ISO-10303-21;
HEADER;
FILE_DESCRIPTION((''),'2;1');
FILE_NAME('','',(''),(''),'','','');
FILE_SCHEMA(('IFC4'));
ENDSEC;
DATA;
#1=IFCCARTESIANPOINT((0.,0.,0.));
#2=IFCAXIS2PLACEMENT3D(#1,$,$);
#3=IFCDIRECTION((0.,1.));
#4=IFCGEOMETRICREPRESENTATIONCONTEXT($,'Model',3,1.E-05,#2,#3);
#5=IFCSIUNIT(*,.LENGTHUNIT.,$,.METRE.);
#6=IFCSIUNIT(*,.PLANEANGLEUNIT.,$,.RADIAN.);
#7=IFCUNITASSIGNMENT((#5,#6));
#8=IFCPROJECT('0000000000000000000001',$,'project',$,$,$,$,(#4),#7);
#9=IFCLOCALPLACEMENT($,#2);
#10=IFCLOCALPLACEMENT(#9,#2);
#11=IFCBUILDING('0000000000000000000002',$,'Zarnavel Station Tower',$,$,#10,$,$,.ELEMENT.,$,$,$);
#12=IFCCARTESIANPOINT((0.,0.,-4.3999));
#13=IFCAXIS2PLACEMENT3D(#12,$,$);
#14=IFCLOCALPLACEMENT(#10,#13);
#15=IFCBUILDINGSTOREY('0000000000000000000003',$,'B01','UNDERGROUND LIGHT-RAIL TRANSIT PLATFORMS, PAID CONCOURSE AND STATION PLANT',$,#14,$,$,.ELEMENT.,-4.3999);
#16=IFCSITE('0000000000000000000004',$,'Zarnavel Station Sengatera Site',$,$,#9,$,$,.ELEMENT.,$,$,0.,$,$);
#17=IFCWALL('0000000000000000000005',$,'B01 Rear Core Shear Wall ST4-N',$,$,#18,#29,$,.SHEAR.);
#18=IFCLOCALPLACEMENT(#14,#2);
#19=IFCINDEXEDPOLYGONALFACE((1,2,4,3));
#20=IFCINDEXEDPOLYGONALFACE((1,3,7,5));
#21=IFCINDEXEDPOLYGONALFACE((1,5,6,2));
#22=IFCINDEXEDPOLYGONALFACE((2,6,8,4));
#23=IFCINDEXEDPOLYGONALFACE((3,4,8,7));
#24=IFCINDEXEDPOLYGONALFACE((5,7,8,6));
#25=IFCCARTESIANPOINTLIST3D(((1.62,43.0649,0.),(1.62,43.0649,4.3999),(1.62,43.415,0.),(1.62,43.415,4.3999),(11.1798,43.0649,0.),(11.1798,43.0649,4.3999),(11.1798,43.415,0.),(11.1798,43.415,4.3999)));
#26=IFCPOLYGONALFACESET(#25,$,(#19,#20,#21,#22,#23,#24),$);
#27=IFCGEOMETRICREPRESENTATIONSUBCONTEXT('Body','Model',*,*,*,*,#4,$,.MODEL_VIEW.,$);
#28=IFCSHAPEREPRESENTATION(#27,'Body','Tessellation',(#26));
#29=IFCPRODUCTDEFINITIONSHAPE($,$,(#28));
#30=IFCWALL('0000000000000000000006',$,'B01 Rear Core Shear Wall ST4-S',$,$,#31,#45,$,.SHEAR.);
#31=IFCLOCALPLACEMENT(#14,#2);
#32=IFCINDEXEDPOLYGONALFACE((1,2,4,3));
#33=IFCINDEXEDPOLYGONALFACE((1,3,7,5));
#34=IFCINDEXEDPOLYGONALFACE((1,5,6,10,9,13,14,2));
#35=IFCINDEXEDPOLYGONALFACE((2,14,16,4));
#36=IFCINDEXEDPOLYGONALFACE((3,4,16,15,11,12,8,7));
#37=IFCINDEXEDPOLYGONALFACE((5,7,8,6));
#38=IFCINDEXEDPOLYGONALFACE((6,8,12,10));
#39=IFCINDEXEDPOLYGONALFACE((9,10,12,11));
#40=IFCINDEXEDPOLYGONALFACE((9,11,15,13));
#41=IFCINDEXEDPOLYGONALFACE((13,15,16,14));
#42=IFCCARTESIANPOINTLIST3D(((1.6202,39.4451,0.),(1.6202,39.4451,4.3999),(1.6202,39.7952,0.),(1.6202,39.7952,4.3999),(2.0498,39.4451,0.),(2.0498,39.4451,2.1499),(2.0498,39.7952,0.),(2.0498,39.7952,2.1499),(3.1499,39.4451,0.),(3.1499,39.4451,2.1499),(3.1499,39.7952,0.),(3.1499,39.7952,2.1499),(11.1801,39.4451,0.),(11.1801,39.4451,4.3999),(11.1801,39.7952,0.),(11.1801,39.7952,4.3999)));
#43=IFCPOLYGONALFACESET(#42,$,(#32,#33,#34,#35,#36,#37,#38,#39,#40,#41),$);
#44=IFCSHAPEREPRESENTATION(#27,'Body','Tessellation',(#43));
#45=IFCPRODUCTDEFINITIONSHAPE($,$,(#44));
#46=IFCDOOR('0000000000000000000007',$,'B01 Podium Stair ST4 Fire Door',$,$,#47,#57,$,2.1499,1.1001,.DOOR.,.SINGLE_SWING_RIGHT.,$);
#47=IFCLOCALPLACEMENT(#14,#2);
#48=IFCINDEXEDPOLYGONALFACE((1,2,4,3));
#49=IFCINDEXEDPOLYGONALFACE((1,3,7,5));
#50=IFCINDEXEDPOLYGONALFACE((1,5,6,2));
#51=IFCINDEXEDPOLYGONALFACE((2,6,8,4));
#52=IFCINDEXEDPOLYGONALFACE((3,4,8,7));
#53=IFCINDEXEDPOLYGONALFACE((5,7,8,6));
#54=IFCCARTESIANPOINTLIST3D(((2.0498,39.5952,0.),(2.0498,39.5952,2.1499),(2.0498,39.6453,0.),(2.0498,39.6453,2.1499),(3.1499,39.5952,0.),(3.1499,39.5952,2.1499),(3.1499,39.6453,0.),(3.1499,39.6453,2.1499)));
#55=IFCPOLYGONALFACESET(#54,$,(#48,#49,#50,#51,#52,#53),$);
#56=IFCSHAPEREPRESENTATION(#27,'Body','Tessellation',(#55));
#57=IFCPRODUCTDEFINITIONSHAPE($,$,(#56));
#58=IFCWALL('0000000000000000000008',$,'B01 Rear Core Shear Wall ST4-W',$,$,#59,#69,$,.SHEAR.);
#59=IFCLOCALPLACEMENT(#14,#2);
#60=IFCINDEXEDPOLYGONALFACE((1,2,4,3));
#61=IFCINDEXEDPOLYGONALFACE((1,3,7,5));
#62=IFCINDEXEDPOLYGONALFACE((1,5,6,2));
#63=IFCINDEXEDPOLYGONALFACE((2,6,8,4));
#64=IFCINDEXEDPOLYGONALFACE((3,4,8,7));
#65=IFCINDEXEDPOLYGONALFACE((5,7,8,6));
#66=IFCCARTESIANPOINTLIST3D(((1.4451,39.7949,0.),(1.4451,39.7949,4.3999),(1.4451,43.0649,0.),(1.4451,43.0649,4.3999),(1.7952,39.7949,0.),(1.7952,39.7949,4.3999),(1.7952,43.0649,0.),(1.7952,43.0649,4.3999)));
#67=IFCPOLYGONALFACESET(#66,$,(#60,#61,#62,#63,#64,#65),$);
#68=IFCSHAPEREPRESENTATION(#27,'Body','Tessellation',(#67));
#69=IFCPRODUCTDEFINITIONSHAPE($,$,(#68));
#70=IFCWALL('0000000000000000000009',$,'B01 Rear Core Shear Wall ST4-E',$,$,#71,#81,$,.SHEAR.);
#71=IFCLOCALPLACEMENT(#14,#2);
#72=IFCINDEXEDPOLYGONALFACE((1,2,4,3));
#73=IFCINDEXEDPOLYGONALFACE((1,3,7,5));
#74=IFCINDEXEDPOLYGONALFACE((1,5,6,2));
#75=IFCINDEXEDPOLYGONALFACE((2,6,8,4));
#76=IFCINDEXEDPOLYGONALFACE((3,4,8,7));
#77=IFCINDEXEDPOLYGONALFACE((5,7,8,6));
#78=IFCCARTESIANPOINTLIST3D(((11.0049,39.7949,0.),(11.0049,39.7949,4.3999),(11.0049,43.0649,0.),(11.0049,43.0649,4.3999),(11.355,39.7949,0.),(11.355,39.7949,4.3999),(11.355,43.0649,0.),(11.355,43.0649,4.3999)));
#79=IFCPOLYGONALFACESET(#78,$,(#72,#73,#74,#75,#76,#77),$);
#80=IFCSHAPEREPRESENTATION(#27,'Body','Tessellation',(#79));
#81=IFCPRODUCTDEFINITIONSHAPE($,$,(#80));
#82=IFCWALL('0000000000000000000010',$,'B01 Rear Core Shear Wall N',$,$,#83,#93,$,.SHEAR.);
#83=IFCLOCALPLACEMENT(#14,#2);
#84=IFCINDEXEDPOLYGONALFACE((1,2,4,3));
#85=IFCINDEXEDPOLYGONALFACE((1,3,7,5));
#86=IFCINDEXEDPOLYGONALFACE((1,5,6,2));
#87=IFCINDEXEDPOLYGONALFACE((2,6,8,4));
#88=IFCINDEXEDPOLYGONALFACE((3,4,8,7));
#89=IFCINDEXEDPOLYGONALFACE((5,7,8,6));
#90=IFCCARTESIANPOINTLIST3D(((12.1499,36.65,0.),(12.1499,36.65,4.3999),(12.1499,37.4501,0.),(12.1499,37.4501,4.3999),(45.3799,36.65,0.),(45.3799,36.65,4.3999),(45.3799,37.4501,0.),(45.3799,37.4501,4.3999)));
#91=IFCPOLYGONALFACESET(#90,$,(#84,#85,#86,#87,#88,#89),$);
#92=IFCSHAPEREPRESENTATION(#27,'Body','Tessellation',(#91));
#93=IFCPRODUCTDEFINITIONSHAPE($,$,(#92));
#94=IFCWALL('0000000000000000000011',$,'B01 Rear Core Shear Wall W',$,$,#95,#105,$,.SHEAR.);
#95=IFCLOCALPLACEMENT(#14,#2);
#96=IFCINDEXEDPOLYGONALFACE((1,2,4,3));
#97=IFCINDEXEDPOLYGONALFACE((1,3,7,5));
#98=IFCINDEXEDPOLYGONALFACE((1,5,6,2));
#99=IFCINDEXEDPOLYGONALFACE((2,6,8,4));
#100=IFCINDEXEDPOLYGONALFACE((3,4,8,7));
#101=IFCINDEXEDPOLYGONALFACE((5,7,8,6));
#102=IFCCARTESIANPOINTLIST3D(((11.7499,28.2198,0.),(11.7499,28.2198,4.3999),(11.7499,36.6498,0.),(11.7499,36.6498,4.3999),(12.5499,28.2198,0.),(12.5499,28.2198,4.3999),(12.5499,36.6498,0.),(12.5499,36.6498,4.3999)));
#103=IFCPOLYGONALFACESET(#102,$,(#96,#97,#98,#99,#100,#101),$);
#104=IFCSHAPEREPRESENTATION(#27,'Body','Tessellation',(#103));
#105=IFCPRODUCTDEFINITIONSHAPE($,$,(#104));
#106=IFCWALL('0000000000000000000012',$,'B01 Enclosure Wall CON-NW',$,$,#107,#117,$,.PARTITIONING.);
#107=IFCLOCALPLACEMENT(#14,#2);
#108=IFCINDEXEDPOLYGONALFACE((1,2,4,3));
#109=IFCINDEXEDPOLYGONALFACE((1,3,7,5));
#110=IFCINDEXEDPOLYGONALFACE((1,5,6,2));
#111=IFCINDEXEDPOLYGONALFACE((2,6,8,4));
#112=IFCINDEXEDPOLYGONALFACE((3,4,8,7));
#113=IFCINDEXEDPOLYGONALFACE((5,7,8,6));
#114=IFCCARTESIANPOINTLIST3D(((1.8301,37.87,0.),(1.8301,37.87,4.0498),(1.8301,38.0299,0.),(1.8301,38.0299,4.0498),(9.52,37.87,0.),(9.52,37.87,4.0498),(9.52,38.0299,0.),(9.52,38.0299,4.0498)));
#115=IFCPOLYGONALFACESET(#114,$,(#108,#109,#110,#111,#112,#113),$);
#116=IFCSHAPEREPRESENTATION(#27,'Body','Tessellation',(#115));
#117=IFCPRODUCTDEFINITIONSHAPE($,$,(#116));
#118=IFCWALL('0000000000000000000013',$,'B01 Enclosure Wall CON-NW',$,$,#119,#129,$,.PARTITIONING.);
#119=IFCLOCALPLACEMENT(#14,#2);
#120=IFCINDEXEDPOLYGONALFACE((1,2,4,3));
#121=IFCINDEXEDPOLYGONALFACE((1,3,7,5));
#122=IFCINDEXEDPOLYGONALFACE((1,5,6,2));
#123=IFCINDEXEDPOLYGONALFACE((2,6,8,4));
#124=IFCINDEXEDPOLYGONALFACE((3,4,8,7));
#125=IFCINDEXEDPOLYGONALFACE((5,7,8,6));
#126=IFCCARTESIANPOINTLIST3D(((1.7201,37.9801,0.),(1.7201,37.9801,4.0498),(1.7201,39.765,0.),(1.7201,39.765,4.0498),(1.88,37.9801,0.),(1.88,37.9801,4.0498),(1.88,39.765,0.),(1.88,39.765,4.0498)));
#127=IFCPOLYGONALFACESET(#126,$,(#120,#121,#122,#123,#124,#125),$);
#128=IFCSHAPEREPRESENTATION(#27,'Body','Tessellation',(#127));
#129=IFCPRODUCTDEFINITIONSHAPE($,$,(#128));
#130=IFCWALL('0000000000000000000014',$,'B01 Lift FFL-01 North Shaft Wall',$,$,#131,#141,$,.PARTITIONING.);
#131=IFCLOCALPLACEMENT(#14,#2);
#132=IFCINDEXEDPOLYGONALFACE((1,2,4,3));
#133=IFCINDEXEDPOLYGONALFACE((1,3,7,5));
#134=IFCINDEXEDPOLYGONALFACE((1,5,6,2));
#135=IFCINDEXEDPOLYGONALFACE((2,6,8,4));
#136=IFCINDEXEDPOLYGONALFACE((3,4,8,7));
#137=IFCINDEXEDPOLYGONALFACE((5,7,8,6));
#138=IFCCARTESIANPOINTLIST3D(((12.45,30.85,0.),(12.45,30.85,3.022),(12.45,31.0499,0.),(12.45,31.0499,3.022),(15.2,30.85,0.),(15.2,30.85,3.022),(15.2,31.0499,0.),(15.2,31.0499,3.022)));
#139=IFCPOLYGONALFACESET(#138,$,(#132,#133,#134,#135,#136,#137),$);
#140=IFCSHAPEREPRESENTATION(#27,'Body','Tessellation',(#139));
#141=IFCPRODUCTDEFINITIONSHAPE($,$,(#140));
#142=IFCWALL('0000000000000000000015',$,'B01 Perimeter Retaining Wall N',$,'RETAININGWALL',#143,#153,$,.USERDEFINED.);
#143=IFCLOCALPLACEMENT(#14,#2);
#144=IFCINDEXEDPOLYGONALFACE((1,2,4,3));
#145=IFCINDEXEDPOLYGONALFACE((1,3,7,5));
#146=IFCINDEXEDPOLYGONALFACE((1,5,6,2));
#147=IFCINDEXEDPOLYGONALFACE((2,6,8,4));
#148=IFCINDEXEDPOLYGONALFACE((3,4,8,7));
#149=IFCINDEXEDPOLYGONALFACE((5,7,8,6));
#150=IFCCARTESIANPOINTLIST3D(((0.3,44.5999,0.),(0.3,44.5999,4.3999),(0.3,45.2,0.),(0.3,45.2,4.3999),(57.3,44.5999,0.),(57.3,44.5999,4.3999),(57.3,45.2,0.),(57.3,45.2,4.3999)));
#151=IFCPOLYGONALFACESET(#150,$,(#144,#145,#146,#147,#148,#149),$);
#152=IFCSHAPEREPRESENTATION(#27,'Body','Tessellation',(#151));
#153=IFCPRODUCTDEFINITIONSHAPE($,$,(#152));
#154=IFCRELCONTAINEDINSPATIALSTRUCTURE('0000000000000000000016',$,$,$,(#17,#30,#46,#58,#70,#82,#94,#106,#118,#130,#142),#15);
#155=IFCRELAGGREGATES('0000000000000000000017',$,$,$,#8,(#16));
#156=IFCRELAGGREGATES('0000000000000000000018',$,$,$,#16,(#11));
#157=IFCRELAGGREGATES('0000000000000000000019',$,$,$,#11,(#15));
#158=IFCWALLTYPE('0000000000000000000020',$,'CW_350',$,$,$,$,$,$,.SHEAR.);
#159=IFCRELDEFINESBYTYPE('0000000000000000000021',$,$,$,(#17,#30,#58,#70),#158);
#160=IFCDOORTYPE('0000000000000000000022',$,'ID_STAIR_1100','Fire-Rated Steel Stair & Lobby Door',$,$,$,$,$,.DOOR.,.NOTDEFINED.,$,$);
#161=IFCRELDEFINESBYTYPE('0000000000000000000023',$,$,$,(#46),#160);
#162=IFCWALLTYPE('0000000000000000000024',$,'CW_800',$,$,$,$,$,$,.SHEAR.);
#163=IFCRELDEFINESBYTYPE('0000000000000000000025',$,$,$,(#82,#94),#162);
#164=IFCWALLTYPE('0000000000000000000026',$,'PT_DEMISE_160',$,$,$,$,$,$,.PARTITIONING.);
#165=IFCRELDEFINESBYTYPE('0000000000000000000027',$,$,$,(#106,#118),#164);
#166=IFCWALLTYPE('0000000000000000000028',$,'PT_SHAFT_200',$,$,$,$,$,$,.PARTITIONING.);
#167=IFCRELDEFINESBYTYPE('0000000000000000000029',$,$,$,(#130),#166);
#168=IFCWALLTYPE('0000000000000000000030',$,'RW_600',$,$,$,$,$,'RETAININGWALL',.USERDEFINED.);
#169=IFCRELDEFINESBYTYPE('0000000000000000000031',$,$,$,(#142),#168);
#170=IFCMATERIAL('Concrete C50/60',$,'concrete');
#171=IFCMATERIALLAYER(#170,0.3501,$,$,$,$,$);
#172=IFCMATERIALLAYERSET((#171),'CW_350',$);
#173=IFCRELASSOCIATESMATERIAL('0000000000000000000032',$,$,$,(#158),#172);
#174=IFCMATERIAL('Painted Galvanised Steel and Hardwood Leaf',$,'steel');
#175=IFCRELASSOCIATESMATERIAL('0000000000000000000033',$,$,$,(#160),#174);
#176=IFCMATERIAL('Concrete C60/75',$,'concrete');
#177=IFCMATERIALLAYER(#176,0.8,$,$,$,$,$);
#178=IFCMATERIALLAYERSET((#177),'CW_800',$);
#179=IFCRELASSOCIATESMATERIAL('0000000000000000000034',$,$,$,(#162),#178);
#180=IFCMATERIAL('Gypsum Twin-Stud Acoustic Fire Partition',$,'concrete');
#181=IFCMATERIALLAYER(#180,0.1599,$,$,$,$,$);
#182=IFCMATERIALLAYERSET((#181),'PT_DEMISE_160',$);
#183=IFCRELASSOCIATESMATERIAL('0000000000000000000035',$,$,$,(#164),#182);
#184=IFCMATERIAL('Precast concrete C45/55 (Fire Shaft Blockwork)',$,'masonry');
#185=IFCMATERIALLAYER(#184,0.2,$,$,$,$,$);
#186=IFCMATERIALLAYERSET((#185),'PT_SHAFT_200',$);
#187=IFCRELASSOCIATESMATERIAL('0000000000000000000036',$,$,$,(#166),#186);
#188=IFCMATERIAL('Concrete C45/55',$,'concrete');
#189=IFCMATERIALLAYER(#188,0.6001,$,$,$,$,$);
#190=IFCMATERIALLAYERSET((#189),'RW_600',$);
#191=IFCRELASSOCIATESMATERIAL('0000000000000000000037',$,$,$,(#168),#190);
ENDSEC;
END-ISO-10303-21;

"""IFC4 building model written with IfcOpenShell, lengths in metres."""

from ifc_helpers import new_model, si_unit, direction, frame, frame_2d, origin, place, context, subcontext, project, spatial, rectangle, extrude, material, layer, layer_set, type_object, element, fill, save


model = new_model("IFC4")

# Units and contexts
model_context = context("Model", 3, precision=1e-05, world=origin(), true_north=direction((0.0, 1.0)))
body_context = subcontext(model_context, "Body", "Model", "MODEL_VIEW")
ifc_project = project(units=[si_unit("LENGTHUNIT", "METRE"), si_unit("PLANEANGLEUNIT", "RADIAN")], contexts=[model_context])

# Site, building, storey
site_placement = place(None, origin())
site = spatial("IfcSite", under=ifc_project, at=site_placement, Name="Zarnavel Station Sengatera Site", CompositionType="ELEMENT", RefElevation=0.0)
building_placement = place(site_placement, origin())
building = spatial("IfcBuilding", under=site, at=building_placement, Name="Zarnavel Station Tower", CompositionType="ELEMENT")
storey_placement = place(building_placement, frame((0.0, 0.0, -4.3999)))
storey = spatial("IfcBuildingStorey", under=building, at=storey_placement, Name="B01", Description="UNDERGROUND LIGHT-RAIL TRANSIT PLATFORMS, PAID CONCOURSE AND STATION PLANT", CompositionType="ELEMENT", Elevation=-4.3999)

# Wall
ifc_material_1 = material(Name="Concrete C50/60", Category="concrete")
ifc_layer_1 = layer(ifc_material_1, 0.3501)
ifc_layer_set_1 = layer_set([ifc_layer_1], Name="CW_350")
wall_type_1 = type_object("IfcWallType", Name="CW_350", PredefinedType="SHEAR", material=ifc_layer_set_1)
wall_1_placement = place(storey_placement, frame((1.6201, 43.24, 0.0), z_axis=(0.0, 0.0, 1.0), x_axis=(1.0, 0.0, 0.0)))
element("IfcWall", 1, at=wall_1_placement, inside=storey, type_object=wall_type_1, Name="B01 Rear Core Shear Wall ST4-N", PredefinedType="SHEAR", context=body_context, shape_type="SweptSolid", body=[
    extrude(rectangle(XDim=9.5598, YDim=0.3501, at=frame_2d((4.7798, 0.0))), origin(), (0.0, 0.0, 1.0), 4.3999),
])

# Wall, opening, door
wall_2_placement = place(storey_placement, frame((11.1799, 39.6201, 0.0), z_axis=(0.0, 0.0, 1.0), x_axis=(-1.0, 0.0, 0.0)))
wall_2 = element("IfcWall", 2, at=wall_2_placement, inside=storey, type_object=wall_type_1, Name="B01 Rear Core Shear Wall ST4-S", PredefinedType="SHEAR", context=body_context, shape_type="SweptSolid", body=[
    extrude(rectangle(XDim=9.5598, YDim=0.3501, at=frame_2d((4.7798, 0.0))), origin(), (0.0, 0.0, 1.0), 4.3999),
])
opening_placement = place(wall_2_placement, frame((8.03, 0.0, 0.0)))
opening = element("IfcOpeningElement", 3, at=opening_placement, cuts=wall_2, PredefinedType="OPENING", context=body_context, shape_type="SweptSolid", body=[
    extrude(rectangle(XDim=1.1001, YDim=2.1499, at=frame_2d((0.55, 1.075))), frame((0.0, 0.1851, 0.0), z_axis=(0.0, -1.0, 0.0), x_axis=(1.0, 0.0, 0.0)), (0.0, 0.0, 1.0), 0.3701),
])
ifc_material_2 = material(Name="Painted Galvanised Steel and Hardwood Leaf", Category="steel")
door_type = type_object("IfcDoorType", Name="ID_STAIR_1100", Description="Fire-Rated Steel Stair & Lobby Door", OperationType="NOTDEFINED", PredefinedType="DOOR", material=ifc_material_2)
door_placement = place(opening_placement, origin())
door = element("IfcDoor", 4, at=door_placement, inside=storey, type_object=door_type, Name="B01 Podium Stair ST4 Fire Door", OperationType="SINGLE_SWING_RIGHT", OverallHeight=2.1499, OverallWidth=1.1001, PredefinedType="DOOR", context=body_context, shape_type="SweptSolid", body=[
    extrude(rectangle(XDim=1.1001, YDim=2.1499, at=frame_2d((0.55, 1.075))), frame((0.0, 0.0249, 0.0), z_axis=(0.0, -1.0, 0.0), x_axis=(1.0, 0.0, 0.0)), (0.0, 0.0, 1.0), 0.05),
])
fill(opening, door)

# Walls
for number, where, z_axis, x_axis, name in (
    (5, (1.6201, 39.7949, 0.0), (0.0, 0.0, 1.0), (0.0, 1.0, 0.0), "B01 Rear Core Shear Wall ST4-W"),
    (6, (11.1799, 39.7949, 0.0), (0.0, 0.0, 1.0), (0.0, 1.0, 0.0), "B01 Rear Core Shear Wall ST4-E"),
):
    element("IfcWall", number, at=place(storey_placement, frame(where, z_axis=z_axis, x_axis=x_axis)), inside=storey, type_object=wall_type_1, Name=name, PredefinedType="SHEAR", context=body_context, shape_type="SweptSolid", body=[
        extrude(rectangle(XDim=3.27, YDim=0.3501, at=frame_2d((1.635, 0.0))), origin(), (0.0, 0.0, 1.0), 4.3999),
    ])
ifc_material_3 = material(Name="Concrete C60/75", Category="concrete")
ifc_layer_2 = layer(ifc_material_3, 0.8)
ifc_layer_set_2 = layer_set([ifc_layer_2], Name="CW_800")
wall_type_2 = type_object("IfcWallType", Name="CW_800", PredefinedType="SHEAR", material=ifc_layer_set_2)
wall_3_placement = place(storey_placement, frame((12.1499, 37.05, 0.0), z_axis=(0.0, 0.0, 1.0), x_axis=(1.0, 0.0, 0.0)))
element("IfcWall", 7, at=wall_3_placement, inside=storey, type_object=wall_type_2, Name="B01 Rear Core Shear Wall N", PredefinedType="SHEAR", context=body_context, shape_type="SweptSolid", body=[
    extrude(rectangle(XDim=33.23, YDim=0.8, at=frame_2d((16.615, 0.0))), origin(), (0.0, 0.0, 1.0), 4.3999),
])
wall_4_placement = place(storey_placement, frame((12.1499, 28.22, 0.0), z_axis=(0.0, 0.0, 1.0), x_axis=(0.0, 1.0, 0.0)))
element("IfcWall", 8, at=wall_4_placement, inside=storey, type_object=wall_type_2, Name="B01 Rear Core Shear Wall W", PredefinedType="SHEAR", context=body_context, shape_type="SweptSolid", body=[
    extrude(rectangle(XDim=8.4299, YDim=0.8, at=frame_2d((4.2148, 0.0))), origin(), (0.0, 0.0, 1.0), 4.3999),
])
ifc_material_4 = material(Name="Gypsum Twin-Stud Acoustic Fire Partition", Category="concrete")
ifc_layer_3 = layer(ifc_material_4, 0.1599)
ifc_layer_set_3 = layer_set([ifc_layer_3], Name="PT_DEMISE_160")
wall_type_3 = type_object("IfcWallType", Name="PT_DEMISE_160", PredefinedType="PARTITIONING", material=ifc_layer_set_3)
wall_5_placement = place(storey_placement, frame((1.8301, 37.95, 0.0), z_axis=(0.0, 0.0, 1.0), x_axis=(1.0, 0.0, 0.0)))
element("IfcWall", 9, at=wall_5_placement, inside=storey, type_object=wall_type_3, Name="B01 Enclosure Wall CON-NW", PredefinedType="PARTITIONING", context=body_context, shape_type="SweptSolid", body=[
    extrude(rectangle(XDim=7.6899, YDim=0.1599, at=frame_2d((3.845, 0.0))), origin(), (0.0, 0.0, 1.0), 4.0498),
])
wall_6_placement = place(storey_placement, frame((1.8, 37.98, 0.0), z_axis=(0.0, 0.0, 1.0), x_axis=(0.0, 1.0, 0.0)))
element("IfcWall", 10, at=wall_6_placement, inside=storey, type_object=wall_type_3, Name="B01 Enclosure Wall CON-NW", PredefinedType="PARTITIONING", context=body_context, shape_type="SweptSolid", body=[
    extrude(rectangle(XDim=1.7849, YDim=0.1599, at=frame_2d((0.8926, 0.0))), origin(), (0.0, 0.0, 1.0), 4.0498),
])
ifc_material_5 = material(Name="Precast concrete C45/55 (Fire Shaft Blockwork)", Category="masonry")
ifc_layer_4 = layer(ifc_material_5, 0.2)
ifc_layer_set_4 = layer_set([ifc_layer_4], Name="PT_SHAFT_200")
wall_type_4 = type_object("IfcWallType", Name="PT_SHAFT_200", PredefinedType="PARTITIONING", material=ifc_layer_set_4)
wall_7_placement = place(storey_placement, frame((12.45, 30.95, 0.0), z_axis=(0.0, 0.0, 1.0), x_axis=(1.0, 0.0, 0.0)))
element("IfcWall", 11, at=wall_7_placement, inside=storey, type_object=wall_type_4, Name="B01 Lift FFL-01 North Shaft Wall", PredefinedType="PARTITIONING", context=body_context, shape_type="SweptSolid", body=[
    extrude(rectangle(XDim=2.75, YDim=0.2, at=frame_2d((1.375, 0.0))), origin(), (0.0, 0.0, 1.0), 3.022),
])
ifc_material_6 = material(Name="Concrete C45/55", Category="concrete")
ifc_layer_5 = layer(ifc_material_6, 0.6001)
ifc_layer_set_5 = layer_set([ifc_layer_5], Name="RW_600")
wall_type_5 = type_object("IfcWallType", Name="RW_600", ElementType="RETAININGWALL", PredefinedType="USERDEFINED", material=ifc_layer_set_5)
wall_8_placement = place(storey_placement, frame((0.3, 44.8999, 0.0), z_axis=(0.0, 0.0, 1.0), x_axis=(1.0, 0.0, 0.0)))
element("IfcWall", 12, at=wall_8_placement, inside=storey, type_object=wall_type_5, Name="B01 Perimeter Retaining Wall N", ObjectType="RETAININGWALL", PredefinedType="USERDEFINED", context=body_context, shape_type="SweptSolid", body=[
    extrude(rectangle(XDim=57.0, YDim=0.6001, at=frame_2d((28.5, 0.0))), origin(), (0.0, 0.0, 1.0), 4.3999),
])

save(model, "model.ifc")
